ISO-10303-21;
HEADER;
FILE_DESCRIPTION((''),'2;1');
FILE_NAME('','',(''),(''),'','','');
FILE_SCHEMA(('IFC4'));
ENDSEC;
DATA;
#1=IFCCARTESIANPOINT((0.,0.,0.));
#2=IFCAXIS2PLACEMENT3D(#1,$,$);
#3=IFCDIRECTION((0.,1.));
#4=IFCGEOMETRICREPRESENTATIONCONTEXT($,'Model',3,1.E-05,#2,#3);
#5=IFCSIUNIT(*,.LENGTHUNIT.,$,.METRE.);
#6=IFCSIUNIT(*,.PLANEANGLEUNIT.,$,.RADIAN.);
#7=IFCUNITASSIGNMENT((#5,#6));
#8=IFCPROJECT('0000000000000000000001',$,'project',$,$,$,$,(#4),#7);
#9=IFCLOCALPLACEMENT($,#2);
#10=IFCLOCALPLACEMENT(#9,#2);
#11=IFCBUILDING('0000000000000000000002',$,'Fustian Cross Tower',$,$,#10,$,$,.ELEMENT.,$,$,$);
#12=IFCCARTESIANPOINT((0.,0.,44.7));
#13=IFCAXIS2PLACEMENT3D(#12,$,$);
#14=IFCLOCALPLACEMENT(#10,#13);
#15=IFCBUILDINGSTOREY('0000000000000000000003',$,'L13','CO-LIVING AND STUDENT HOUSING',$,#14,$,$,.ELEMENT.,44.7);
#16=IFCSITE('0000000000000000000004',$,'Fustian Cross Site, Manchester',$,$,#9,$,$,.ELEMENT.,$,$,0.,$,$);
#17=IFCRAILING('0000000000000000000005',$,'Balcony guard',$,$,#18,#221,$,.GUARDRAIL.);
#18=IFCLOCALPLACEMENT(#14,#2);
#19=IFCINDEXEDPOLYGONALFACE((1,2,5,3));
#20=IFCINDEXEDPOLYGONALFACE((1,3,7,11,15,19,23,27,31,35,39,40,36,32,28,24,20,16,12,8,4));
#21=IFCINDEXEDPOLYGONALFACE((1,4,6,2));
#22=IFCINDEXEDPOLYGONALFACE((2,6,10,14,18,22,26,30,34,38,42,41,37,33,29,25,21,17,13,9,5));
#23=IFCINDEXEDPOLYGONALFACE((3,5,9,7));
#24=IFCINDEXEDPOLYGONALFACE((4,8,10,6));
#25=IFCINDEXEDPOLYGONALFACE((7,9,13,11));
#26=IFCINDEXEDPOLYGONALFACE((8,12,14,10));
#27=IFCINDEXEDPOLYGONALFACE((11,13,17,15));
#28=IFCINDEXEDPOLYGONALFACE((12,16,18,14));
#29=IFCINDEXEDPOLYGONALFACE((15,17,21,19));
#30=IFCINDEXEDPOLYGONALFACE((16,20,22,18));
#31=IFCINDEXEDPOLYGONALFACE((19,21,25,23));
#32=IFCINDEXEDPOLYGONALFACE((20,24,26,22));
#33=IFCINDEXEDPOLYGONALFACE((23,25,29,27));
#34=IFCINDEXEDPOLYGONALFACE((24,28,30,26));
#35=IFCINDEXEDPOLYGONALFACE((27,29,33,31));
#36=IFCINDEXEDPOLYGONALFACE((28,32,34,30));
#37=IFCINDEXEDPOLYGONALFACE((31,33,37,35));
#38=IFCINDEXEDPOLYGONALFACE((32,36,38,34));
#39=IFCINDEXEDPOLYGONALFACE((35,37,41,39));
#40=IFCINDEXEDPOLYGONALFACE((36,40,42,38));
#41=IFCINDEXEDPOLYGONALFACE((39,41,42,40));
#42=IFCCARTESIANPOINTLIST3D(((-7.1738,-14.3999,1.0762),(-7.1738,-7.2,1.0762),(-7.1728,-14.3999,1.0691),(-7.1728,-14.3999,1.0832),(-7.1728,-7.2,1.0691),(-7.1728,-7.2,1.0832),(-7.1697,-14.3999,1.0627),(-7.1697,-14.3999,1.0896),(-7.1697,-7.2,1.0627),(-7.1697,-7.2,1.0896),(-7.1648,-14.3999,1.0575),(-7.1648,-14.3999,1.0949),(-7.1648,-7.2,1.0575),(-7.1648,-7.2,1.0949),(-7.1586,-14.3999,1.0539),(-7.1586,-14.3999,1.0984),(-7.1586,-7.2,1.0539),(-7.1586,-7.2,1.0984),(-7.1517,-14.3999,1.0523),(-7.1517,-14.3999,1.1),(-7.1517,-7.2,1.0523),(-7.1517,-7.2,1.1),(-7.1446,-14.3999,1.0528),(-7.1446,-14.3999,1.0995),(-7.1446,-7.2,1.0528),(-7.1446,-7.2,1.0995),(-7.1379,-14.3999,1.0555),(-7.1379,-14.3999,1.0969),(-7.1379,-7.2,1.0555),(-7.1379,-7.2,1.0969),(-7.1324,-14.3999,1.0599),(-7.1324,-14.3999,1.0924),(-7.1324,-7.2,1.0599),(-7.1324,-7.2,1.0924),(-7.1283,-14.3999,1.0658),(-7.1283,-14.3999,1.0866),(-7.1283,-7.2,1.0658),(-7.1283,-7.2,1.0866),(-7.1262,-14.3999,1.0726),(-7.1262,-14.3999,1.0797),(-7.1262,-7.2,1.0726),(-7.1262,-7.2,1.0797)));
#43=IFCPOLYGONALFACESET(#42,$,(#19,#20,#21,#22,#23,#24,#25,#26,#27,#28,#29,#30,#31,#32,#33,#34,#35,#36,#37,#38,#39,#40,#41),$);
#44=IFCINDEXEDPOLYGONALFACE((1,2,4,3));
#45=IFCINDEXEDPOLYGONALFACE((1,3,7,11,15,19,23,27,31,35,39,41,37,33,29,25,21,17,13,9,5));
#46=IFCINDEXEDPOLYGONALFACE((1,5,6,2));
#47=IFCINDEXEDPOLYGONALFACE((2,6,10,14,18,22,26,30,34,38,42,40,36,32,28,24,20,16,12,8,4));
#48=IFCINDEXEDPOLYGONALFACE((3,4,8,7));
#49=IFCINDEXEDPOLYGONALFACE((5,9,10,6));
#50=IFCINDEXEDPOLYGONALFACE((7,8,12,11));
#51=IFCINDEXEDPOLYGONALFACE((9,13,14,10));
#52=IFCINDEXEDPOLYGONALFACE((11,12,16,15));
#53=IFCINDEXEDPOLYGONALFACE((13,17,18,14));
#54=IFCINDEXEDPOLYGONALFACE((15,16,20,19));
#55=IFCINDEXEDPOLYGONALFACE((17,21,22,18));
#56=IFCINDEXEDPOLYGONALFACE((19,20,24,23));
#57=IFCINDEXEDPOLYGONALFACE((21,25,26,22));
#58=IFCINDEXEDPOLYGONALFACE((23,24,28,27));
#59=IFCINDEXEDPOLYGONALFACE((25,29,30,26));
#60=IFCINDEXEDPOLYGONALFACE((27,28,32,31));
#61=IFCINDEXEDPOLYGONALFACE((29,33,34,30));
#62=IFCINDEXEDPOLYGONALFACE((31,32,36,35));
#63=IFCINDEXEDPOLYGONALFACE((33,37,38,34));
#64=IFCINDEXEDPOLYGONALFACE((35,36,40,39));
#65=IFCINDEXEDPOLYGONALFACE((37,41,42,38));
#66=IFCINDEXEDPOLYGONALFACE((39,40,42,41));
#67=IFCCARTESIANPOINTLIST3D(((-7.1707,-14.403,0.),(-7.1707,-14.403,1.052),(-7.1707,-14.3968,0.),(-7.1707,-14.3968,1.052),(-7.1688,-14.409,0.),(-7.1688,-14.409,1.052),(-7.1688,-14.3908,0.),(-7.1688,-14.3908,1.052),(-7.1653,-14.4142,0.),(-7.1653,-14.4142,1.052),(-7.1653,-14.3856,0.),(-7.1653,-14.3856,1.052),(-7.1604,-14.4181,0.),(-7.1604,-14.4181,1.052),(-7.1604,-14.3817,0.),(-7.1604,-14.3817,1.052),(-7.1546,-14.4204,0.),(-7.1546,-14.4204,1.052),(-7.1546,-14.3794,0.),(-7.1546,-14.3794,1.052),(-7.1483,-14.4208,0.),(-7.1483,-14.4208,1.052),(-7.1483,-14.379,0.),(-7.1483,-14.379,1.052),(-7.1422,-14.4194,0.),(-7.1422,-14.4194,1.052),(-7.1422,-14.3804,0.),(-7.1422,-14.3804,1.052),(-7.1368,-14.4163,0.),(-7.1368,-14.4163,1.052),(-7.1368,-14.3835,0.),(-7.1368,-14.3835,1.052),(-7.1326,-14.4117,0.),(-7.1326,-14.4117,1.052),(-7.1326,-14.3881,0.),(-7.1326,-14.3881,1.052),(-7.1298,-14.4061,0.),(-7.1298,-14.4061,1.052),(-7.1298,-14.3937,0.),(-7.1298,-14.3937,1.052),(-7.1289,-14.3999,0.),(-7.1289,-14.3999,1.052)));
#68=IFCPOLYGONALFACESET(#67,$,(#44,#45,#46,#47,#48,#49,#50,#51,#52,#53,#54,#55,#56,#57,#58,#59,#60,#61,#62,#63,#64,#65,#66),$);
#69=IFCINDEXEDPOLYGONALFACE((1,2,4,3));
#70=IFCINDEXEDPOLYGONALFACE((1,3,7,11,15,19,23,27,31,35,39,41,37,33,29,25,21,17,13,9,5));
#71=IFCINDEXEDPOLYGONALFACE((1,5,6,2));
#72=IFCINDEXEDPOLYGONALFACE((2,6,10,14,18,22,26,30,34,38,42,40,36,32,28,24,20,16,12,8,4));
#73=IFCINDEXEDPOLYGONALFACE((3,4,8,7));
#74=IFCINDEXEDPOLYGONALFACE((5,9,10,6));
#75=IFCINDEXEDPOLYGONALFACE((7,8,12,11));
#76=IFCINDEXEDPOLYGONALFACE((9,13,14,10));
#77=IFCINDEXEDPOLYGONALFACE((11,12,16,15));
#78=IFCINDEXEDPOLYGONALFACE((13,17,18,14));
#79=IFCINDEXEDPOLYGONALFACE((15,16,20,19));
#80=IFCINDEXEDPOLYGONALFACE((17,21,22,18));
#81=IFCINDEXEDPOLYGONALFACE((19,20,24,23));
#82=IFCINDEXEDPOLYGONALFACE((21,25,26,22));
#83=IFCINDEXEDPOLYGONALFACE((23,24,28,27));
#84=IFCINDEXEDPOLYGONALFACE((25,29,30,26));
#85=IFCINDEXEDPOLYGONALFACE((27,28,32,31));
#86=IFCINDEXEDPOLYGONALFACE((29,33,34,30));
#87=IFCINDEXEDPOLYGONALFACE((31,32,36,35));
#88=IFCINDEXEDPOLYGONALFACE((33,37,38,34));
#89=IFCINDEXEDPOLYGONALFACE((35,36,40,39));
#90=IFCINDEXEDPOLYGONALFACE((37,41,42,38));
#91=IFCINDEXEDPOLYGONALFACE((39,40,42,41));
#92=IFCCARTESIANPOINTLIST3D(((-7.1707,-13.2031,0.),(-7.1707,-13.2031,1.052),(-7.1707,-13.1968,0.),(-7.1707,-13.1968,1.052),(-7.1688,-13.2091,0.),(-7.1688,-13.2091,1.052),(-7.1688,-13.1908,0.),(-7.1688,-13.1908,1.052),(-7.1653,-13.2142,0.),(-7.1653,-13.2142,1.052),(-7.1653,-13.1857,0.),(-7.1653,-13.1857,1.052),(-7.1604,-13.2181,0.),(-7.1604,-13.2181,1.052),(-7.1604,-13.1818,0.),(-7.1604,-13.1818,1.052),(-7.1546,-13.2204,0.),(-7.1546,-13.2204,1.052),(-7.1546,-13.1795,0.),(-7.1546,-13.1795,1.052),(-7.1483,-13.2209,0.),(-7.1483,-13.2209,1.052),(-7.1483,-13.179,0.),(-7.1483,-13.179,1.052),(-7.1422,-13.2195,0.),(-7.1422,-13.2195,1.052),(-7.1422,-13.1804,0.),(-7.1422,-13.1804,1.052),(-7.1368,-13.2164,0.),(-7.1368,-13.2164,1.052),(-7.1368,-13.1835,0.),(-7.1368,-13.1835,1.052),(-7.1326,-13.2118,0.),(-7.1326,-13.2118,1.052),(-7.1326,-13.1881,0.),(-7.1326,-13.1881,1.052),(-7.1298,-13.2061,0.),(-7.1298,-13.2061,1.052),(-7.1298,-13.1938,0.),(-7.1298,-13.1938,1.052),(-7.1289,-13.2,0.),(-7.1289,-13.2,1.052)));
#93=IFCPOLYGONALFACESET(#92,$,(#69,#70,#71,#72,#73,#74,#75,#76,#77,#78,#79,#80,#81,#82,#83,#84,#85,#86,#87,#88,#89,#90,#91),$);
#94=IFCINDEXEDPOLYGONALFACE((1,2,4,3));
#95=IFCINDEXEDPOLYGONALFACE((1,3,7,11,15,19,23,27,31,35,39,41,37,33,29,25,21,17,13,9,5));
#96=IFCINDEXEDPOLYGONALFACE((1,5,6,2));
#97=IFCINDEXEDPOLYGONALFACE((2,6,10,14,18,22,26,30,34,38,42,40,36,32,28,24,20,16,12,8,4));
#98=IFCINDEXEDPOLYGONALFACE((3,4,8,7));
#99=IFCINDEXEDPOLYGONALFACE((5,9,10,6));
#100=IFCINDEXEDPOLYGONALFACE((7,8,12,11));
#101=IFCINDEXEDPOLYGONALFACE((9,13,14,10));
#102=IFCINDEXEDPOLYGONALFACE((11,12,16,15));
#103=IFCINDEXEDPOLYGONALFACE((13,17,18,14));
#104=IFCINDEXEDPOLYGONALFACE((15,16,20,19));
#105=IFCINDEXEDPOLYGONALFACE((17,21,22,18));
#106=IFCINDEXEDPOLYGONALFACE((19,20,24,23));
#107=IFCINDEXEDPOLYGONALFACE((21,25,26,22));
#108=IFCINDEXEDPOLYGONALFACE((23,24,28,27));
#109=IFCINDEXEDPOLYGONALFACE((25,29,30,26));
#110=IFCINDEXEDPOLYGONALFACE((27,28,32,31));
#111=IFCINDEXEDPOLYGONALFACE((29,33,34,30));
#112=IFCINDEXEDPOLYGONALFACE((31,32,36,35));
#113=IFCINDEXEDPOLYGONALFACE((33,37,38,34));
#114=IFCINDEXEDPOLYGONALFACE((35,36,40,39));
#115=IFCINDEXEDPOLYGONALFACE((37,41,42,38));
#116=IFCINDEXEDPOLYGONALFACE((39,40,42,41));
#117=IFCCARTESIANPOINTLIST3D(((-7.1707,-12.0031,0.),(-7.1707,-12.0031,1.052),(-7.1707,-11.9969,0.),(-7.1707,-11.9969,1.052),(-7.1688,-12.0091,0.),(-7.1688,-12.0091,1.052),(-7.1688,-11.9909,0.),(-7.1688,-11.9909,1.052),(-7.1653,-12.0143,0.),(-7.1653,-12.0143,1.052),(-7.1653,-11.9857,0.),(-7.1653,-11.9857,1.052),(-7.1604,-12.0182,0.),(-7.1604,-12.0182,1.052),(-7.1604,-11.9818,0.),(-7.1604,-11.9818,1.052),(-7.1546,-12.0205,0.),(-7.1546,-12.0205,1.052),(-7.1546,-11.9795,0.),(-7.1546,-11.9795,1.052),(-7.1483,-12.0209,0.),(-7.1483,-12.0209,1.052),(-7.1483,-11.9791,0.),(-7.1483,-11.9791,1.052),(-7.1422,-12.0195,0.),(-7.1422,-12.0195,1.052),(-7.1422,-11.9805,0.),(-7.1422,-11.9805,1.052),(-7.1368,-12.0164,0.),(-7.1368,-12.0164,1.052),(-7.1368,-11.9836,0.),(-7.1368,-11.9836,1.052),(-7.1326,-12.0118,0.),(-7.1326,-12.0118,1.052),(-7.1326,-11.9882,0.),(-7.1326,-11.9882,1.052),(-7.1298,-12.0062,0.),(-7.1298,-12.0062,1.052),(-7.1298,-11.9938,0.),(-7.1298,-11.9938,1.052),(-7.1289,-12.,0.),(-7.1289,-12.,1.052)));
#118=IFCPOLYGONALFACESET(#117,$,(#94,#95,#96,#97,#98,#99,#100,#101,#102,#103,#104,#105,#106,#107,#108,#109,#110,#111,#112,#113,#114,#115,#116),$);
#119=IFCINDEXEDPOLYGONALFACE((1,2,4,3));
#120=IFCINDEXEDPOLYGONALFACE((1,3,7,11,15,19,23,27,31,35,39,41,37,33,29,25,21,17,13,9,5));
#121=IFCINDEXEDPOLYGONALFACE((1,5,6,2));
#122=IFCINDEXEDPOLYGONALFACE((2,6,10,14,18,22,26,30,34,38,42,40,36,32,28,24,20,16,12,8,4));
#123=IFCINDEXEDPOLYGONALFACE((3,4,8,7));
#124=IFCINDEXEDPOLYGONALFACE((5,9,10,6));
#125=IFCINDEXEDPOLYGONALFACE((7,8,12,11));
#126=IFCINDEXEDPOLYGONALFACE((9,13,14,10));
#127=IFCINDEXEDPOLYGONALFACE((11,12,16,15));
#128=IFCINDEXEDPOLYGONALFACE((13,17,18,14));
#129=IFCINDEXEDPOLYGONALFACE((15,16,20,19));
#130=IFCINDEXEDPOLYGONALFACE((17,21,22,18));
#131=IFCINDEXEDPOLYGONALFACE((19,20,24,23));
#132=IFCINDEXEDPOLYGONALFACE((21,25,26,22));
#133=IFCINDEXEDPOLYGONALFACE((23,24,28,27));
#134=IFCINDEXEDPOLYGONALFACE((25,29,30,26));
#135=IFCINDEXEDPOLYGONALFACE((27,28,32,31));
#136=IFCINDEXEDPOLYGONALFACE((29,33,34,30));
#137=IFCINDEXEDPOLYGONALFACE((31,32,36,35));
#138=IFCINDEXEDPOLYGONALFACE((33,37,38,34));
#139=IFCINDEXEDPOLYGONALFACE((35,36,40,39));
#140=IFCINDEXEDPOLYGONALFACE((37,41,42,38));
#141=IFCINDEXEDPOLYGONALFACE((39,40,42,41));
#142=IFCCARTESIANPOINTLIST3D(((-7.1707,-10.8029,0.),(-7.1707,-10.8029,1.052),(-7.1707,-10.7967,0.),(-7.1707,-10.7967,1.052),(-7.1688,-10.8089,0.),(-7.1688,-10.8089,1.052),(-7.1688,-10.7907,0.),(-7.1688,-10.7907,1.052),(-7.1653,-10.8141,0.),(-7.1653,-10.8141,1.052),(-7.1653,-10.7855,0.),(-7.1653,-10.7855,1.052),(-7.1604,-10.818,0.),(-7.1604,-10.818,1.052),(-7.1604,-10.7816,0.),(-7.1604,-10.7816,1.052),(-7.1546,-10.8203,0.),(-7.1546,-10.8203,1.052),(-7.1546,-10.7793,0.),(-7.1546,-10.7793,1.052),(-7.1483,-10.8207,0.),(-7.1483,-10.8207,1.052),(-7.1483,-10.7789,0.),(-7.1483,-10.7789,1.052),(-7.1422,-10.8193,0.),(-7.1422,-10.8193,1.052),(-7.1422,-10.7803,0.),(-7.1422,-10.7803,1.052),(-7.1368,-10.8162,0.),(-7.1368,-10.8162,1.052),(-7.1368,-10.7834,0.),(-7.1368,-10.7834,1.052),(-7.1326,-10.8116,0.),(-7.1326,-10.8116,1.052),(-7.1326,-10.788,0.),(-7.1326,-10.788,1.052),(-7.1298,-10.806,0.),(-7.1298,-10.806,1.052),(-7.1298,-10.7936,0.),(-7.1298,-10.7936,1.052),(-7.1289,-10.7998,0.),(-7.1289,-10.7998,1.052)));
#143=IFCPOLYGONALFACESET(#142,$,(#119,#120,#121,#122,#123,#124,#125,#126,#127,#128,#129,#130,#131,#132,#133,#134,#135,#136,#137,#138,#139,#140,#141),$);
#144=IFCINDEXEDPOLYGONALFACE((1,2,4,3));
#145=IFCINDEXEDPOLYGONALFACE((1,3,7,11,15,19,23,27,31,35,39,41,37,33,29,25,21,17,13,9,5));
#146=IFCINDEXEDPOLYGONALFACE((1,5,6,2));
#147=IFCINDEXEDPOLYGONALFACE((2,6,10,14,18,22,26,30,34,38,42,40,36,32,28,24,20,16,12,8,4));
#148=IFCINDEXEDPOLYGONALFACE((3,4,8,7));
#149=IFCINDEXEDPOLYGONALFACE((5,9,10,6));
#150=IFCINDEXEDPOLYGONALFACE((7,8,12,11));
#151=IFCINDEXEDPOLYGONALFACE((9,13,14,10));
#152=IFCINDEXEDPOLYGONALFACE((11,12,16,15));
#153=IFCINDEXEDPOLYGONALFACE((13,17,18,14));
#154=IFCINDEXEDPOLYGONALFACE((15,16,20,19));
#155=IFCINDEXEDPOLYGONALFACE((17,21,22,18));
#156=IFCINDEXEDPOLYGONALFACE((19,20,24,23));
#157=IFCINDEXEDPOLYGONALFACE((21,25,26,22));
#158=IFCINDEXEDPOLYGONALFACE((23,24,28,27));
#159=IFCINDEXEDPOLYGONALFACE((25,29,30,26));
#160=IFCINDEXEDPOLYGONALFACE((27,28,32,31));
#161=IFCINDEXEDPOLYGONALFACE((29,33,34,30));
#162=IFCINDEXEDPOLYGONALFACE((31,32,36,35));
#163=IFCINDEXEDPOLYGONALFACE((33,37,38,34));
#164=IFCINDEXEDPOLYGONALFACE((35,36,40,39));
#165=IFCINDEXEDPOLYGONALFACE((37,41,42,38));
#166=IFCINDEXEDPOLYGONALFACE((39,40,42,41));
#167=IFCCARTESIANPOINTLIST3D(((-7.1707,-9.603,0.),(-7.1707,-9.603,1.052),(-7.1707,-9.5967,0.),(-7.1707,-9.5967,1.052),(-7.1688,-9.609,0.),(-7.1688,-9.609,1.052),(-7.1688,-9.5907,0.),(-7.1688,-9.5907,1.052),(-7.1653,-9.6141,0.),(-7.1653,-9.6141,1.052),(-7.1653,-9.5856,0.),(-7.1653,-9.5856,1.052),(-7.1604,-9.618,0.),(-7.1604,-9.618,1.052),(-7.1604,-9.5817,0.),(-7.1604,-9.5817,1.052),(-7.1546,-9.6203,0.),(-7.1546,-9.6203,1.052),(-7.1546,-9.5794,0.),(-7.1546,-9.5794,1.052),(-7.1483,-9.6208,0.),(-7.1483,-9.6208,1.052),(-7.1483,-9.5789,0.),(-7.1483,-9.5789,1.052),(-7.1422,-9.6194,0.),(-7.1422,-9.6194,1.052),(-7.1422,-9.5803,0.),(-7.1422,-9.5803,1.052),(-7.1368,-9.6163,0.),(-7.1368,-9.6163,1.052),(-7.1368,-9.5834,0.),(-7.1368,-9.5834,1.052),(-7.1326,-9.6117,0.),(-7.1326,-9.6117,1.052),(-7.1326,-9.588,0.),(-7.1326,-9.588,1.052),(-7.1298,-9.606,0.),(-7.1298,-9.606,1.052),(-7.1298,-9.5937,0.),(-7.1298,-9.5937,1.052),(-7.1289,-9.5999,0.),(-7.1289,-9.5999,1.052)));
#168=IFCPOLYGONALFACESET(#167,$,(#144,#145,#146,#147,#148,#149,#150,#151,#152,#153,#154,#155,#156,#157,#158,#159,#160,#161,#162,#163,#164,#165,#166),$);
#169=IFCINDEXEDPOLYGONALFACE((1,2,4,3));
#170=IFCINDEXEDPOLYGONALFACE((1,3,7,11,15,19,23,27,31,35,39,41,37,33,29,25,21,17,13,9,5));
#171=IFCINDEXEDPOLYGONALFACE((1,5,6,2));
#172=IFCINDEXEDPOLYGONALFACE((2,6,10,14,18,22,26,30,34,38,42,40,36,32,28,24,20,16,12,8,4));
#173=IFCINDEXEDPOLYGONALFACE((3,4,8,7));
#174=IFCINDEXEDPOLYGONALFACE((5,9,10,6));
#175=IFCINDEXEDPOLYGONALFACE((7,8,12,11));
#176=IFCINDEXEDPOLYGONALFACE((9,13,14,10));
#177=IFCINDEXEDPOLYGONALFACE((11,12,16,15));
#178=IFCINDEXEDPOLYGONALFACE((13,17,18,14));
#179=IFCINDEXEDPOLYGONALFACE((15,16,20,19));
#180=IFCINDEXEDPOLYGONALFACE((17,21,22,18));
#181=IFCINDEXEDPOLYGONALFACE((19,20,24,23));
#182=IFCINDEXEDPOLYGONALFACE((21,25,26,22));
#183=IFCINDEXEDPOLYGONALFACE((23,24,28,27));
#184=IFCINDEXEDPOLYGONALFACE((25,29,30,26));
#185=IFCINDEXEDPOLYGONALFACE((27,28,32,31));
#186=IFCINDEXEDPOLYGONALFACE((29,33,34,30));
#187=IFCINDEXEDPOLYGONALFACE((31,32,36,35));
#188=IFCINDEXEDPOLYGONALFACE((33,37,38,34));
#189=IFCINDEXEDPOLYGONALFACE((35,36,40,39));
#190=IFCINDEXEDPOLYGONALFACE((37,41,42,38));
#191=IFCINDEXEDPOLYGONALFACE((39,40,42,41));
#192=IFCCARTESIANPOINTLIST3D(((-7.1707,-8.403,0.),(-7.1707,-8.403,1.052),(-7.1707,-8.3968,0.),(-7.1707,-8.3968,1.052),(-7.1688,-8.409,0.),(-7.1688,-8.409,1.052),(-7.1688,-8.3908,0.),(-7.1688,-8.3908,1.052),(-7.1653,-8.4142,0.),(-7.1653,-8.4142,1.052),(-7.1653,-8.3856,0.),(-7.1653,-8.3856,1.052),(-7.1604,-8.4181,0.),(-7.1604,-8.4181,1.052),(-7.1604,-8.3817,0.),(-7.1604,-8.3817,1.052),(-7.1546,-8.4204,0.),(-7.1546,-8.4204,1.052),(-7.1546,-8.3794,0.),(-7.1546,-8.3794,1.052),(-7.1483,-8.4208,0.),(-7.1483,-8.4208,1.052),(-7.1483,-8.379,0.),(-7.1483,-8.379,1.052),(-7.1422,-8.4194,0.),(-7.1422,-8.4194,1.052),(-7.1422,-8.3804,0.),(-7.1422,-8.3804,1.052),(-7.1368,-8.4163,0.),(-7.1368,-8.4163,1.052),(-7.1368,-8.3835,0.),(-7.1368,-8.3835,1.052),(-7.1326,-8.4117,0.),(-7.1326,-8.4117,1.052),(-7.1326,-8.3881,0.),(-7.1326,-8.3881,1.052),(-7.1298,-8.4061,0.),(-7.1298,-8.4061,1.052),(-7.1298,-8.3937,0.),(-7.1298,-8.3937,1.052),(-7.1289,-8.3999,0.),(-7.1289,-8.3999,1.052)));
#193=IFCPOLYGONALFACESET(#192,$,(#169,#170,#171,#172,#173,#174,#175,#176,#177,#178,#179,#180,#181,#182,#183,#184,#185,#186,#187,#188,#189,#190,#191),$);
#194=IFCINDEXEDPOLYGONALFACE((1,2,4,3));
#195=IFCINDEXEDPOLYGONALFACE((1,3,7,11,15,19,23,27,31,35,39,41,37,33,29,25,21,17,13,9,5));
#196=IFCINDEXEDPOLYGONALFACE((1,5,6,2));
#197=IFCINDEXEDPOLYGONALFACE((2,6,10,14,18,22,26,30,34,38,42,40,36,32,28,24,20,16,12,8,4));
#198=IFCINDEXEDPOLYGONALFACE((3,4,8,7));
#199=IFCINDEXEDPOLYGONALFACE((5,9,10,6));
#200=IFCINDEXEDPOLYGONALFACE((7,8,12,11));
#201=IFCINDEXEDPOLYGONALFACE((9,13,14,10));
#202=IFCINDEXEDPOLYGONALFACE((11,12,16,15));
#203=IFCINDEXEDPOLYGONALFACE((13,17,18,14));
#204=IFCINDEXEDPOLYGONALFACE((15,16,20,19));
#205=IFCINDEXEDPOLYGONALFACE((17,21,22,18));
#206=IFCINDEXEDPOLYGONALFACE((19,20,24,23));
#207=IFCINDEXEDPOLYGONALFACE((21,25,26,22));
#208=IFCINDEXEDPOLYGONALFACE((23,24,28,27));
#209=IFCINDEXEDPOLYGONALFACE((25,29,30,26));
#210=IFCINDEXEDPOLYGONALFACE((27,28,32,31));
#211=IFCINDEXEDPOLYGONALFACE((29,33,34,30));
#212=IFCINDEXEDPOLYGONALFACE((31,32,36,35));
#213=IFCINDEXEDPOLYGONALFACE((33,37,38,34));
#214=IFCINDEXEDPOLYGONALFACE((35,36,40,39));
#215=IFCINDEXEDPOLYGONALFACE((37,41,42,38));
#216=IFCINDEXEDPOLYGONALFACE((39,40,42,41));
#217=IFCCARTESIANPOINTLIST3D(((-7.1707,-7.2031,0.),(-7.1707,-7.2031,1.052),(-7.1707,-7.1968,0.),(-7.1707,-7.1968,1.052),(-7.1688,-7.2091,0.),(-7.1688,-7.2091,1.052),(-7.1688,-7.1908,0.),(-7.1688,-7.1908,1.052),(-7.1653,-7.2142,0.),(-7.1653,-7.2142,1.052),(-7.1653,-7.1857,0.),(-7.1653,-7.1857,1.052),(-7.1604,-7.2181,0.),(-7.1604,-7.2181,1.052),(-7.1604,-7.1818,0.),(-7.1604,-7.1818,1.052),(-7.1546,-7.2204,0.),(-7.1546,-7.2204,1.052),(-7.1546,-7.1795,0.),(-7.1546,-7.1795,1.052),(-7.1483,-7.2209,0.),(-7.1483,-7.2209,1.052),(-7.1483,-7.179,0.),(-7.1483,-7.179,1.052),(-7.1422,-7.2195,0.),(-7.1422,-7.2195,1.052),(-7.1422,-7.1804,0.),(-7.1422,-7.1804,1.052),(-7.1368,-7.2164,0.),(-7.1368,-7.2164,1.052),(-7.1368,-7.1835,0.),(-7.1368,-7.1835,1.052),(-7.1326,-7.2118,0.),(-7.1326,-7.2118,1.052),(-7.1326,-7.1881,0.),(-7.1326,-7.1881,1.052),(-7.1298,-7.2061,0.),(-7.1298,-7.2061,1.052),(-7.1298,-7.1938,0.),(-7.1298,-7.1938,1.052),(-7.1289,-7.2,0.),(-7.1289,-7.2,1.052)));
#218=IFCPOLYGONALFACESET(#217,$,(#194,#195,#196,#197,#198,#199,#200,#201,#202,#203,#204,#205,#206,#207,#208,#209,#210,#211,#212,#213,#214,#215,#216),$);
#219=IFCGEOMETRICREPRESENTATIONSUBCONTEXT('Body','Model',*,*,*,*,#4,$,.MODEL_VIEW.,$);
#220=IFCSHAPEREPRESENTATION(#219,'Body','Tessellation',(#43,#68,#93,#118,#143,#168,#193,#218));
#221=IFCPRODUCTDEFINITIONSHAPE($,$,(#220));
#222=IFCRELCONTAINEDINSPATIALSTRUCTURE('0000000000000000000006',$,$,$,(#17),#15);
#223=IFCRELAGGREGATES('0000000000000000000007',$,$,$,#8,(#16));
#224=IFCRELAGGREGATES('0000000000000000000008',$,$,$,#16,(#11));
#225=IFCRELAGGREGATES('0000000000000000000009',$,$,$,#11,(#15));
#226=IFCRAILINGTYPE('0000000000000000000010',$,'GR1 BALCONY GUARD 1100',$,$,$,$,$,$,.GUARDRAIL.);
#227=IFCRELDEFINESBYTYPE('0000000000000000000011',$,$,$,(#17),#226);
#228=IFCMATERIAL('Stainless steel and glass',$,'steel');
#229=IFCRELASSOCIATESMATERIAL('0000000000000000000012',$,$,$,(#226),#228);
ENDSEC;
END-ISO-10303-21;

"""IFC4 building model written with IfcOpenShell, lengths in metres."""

from ifc_helpers import new_model, si_unit, direction, frame, origin, origin_2d, place, context, subcontext, project, spatial, circle, extrude, material, type_object, element, save


model = new_model("IFC4")

# Units and contexts
model_context = context("Model", 3, precision=1e-05, world=origin(), true_north=direction((0.0, 1.0)))
body_context = subcontext(model_context, "Body", "Model", "MODEL_VIEW")
ifc_project = project(units=[si_unit("LENGTHUNIT", "METRE"), si_unit("PLANEANGLEUNIT", "RADIAN")], contexts=[model_context])

# Site, building, storey
site_placement = place(None, origin())
site = spatial("IfcSite", under=ifc_project, at=site_placement, Name="Fustian Cross Site, Manchester", CompositionType="ELEMENT", RefElevation=0.0)
building_placement = place(site_placement, origin())
building = spatial("IfcBuilding", under=site, at=building_placement, Name="Fustian Cross Tower", CompositionType="ELEMENT")
storey_placement = place(building_placement, frame((0.0, 0.0, 44.7)))
storey = spatial("IfcBuildingStorey", under=building, at=storey_placement, Name="L13", Description="CO-LIVING AND STUDENT HOUSING", CompositionType="ELEMENT", Elevation=44.7)

# Railing
ifc_material_1 = material(Name="Stainless steel and glass", Category="steel")
railing_type = type_object("IfcRailingType", Name="GR1 BALCONY GUARD 1100", PredefinedType="GUARDRAIL", material=ifc_material_1)
railing_placement = place(storey_placement, frame((-7.1499, -14.3999, 0.0)))
element("IfcRailing", 1, at=railing_placement, inside=storey, type_object=railing_type, Name="Balcony guard", PredefinedType="GUARDRAIL", context=body_context, shape_type="SweptSolid", body=[
    extrude(circle(Radius=0.0239, at=origin_2d()), frame((0.0, 0.0, 1.0762), z_axis=(0.0, 1.0, 0.0), x_axis=(-1.0, 0.0, 0.0)), (0.0, 0.0, 1.0), 7.2),
    extrude(circle(Radius=0.021, at=origin_2d()), origin(), (0.0, 0.0, 1.0), 1.052),
    extrude(circle(Radius=0.021, at=origin_2d()), frame((0.0, 1.2, 0.0)), (0.0, 0.0, 1.0), 1.052),
    extrude(circle(Radius=0.021, at=origin_2d()), frame((0.0, 2.3999, 0.0)), (0.0, 0.0, 1.0), 1.052),
    extrude(circle(Radius=0.021, at=origin_2d()), frame((0.0, 3.6001, 0.0)), (0.0, 0.0, 1.0), 1.052),
    extrude(circle(Radius=0.021, at=origin_2d()), frame((0.0, 4.8, 0.0)), (0.0, 0.0, 1.0), 1.052),
    extrude(circle(Radius=0.021, at=origin_2d()), frame((0.0, 6.0, 0.0)), (0.0, 0.0, 1.0), 1.052),
    extrude(circle(Radius=0.021, at=origin_2d()), frame((0.0, 7.2, 0.0)), (0.0, 0.0, 1.0), 1.052),
])

save(model, "model.ifc")
